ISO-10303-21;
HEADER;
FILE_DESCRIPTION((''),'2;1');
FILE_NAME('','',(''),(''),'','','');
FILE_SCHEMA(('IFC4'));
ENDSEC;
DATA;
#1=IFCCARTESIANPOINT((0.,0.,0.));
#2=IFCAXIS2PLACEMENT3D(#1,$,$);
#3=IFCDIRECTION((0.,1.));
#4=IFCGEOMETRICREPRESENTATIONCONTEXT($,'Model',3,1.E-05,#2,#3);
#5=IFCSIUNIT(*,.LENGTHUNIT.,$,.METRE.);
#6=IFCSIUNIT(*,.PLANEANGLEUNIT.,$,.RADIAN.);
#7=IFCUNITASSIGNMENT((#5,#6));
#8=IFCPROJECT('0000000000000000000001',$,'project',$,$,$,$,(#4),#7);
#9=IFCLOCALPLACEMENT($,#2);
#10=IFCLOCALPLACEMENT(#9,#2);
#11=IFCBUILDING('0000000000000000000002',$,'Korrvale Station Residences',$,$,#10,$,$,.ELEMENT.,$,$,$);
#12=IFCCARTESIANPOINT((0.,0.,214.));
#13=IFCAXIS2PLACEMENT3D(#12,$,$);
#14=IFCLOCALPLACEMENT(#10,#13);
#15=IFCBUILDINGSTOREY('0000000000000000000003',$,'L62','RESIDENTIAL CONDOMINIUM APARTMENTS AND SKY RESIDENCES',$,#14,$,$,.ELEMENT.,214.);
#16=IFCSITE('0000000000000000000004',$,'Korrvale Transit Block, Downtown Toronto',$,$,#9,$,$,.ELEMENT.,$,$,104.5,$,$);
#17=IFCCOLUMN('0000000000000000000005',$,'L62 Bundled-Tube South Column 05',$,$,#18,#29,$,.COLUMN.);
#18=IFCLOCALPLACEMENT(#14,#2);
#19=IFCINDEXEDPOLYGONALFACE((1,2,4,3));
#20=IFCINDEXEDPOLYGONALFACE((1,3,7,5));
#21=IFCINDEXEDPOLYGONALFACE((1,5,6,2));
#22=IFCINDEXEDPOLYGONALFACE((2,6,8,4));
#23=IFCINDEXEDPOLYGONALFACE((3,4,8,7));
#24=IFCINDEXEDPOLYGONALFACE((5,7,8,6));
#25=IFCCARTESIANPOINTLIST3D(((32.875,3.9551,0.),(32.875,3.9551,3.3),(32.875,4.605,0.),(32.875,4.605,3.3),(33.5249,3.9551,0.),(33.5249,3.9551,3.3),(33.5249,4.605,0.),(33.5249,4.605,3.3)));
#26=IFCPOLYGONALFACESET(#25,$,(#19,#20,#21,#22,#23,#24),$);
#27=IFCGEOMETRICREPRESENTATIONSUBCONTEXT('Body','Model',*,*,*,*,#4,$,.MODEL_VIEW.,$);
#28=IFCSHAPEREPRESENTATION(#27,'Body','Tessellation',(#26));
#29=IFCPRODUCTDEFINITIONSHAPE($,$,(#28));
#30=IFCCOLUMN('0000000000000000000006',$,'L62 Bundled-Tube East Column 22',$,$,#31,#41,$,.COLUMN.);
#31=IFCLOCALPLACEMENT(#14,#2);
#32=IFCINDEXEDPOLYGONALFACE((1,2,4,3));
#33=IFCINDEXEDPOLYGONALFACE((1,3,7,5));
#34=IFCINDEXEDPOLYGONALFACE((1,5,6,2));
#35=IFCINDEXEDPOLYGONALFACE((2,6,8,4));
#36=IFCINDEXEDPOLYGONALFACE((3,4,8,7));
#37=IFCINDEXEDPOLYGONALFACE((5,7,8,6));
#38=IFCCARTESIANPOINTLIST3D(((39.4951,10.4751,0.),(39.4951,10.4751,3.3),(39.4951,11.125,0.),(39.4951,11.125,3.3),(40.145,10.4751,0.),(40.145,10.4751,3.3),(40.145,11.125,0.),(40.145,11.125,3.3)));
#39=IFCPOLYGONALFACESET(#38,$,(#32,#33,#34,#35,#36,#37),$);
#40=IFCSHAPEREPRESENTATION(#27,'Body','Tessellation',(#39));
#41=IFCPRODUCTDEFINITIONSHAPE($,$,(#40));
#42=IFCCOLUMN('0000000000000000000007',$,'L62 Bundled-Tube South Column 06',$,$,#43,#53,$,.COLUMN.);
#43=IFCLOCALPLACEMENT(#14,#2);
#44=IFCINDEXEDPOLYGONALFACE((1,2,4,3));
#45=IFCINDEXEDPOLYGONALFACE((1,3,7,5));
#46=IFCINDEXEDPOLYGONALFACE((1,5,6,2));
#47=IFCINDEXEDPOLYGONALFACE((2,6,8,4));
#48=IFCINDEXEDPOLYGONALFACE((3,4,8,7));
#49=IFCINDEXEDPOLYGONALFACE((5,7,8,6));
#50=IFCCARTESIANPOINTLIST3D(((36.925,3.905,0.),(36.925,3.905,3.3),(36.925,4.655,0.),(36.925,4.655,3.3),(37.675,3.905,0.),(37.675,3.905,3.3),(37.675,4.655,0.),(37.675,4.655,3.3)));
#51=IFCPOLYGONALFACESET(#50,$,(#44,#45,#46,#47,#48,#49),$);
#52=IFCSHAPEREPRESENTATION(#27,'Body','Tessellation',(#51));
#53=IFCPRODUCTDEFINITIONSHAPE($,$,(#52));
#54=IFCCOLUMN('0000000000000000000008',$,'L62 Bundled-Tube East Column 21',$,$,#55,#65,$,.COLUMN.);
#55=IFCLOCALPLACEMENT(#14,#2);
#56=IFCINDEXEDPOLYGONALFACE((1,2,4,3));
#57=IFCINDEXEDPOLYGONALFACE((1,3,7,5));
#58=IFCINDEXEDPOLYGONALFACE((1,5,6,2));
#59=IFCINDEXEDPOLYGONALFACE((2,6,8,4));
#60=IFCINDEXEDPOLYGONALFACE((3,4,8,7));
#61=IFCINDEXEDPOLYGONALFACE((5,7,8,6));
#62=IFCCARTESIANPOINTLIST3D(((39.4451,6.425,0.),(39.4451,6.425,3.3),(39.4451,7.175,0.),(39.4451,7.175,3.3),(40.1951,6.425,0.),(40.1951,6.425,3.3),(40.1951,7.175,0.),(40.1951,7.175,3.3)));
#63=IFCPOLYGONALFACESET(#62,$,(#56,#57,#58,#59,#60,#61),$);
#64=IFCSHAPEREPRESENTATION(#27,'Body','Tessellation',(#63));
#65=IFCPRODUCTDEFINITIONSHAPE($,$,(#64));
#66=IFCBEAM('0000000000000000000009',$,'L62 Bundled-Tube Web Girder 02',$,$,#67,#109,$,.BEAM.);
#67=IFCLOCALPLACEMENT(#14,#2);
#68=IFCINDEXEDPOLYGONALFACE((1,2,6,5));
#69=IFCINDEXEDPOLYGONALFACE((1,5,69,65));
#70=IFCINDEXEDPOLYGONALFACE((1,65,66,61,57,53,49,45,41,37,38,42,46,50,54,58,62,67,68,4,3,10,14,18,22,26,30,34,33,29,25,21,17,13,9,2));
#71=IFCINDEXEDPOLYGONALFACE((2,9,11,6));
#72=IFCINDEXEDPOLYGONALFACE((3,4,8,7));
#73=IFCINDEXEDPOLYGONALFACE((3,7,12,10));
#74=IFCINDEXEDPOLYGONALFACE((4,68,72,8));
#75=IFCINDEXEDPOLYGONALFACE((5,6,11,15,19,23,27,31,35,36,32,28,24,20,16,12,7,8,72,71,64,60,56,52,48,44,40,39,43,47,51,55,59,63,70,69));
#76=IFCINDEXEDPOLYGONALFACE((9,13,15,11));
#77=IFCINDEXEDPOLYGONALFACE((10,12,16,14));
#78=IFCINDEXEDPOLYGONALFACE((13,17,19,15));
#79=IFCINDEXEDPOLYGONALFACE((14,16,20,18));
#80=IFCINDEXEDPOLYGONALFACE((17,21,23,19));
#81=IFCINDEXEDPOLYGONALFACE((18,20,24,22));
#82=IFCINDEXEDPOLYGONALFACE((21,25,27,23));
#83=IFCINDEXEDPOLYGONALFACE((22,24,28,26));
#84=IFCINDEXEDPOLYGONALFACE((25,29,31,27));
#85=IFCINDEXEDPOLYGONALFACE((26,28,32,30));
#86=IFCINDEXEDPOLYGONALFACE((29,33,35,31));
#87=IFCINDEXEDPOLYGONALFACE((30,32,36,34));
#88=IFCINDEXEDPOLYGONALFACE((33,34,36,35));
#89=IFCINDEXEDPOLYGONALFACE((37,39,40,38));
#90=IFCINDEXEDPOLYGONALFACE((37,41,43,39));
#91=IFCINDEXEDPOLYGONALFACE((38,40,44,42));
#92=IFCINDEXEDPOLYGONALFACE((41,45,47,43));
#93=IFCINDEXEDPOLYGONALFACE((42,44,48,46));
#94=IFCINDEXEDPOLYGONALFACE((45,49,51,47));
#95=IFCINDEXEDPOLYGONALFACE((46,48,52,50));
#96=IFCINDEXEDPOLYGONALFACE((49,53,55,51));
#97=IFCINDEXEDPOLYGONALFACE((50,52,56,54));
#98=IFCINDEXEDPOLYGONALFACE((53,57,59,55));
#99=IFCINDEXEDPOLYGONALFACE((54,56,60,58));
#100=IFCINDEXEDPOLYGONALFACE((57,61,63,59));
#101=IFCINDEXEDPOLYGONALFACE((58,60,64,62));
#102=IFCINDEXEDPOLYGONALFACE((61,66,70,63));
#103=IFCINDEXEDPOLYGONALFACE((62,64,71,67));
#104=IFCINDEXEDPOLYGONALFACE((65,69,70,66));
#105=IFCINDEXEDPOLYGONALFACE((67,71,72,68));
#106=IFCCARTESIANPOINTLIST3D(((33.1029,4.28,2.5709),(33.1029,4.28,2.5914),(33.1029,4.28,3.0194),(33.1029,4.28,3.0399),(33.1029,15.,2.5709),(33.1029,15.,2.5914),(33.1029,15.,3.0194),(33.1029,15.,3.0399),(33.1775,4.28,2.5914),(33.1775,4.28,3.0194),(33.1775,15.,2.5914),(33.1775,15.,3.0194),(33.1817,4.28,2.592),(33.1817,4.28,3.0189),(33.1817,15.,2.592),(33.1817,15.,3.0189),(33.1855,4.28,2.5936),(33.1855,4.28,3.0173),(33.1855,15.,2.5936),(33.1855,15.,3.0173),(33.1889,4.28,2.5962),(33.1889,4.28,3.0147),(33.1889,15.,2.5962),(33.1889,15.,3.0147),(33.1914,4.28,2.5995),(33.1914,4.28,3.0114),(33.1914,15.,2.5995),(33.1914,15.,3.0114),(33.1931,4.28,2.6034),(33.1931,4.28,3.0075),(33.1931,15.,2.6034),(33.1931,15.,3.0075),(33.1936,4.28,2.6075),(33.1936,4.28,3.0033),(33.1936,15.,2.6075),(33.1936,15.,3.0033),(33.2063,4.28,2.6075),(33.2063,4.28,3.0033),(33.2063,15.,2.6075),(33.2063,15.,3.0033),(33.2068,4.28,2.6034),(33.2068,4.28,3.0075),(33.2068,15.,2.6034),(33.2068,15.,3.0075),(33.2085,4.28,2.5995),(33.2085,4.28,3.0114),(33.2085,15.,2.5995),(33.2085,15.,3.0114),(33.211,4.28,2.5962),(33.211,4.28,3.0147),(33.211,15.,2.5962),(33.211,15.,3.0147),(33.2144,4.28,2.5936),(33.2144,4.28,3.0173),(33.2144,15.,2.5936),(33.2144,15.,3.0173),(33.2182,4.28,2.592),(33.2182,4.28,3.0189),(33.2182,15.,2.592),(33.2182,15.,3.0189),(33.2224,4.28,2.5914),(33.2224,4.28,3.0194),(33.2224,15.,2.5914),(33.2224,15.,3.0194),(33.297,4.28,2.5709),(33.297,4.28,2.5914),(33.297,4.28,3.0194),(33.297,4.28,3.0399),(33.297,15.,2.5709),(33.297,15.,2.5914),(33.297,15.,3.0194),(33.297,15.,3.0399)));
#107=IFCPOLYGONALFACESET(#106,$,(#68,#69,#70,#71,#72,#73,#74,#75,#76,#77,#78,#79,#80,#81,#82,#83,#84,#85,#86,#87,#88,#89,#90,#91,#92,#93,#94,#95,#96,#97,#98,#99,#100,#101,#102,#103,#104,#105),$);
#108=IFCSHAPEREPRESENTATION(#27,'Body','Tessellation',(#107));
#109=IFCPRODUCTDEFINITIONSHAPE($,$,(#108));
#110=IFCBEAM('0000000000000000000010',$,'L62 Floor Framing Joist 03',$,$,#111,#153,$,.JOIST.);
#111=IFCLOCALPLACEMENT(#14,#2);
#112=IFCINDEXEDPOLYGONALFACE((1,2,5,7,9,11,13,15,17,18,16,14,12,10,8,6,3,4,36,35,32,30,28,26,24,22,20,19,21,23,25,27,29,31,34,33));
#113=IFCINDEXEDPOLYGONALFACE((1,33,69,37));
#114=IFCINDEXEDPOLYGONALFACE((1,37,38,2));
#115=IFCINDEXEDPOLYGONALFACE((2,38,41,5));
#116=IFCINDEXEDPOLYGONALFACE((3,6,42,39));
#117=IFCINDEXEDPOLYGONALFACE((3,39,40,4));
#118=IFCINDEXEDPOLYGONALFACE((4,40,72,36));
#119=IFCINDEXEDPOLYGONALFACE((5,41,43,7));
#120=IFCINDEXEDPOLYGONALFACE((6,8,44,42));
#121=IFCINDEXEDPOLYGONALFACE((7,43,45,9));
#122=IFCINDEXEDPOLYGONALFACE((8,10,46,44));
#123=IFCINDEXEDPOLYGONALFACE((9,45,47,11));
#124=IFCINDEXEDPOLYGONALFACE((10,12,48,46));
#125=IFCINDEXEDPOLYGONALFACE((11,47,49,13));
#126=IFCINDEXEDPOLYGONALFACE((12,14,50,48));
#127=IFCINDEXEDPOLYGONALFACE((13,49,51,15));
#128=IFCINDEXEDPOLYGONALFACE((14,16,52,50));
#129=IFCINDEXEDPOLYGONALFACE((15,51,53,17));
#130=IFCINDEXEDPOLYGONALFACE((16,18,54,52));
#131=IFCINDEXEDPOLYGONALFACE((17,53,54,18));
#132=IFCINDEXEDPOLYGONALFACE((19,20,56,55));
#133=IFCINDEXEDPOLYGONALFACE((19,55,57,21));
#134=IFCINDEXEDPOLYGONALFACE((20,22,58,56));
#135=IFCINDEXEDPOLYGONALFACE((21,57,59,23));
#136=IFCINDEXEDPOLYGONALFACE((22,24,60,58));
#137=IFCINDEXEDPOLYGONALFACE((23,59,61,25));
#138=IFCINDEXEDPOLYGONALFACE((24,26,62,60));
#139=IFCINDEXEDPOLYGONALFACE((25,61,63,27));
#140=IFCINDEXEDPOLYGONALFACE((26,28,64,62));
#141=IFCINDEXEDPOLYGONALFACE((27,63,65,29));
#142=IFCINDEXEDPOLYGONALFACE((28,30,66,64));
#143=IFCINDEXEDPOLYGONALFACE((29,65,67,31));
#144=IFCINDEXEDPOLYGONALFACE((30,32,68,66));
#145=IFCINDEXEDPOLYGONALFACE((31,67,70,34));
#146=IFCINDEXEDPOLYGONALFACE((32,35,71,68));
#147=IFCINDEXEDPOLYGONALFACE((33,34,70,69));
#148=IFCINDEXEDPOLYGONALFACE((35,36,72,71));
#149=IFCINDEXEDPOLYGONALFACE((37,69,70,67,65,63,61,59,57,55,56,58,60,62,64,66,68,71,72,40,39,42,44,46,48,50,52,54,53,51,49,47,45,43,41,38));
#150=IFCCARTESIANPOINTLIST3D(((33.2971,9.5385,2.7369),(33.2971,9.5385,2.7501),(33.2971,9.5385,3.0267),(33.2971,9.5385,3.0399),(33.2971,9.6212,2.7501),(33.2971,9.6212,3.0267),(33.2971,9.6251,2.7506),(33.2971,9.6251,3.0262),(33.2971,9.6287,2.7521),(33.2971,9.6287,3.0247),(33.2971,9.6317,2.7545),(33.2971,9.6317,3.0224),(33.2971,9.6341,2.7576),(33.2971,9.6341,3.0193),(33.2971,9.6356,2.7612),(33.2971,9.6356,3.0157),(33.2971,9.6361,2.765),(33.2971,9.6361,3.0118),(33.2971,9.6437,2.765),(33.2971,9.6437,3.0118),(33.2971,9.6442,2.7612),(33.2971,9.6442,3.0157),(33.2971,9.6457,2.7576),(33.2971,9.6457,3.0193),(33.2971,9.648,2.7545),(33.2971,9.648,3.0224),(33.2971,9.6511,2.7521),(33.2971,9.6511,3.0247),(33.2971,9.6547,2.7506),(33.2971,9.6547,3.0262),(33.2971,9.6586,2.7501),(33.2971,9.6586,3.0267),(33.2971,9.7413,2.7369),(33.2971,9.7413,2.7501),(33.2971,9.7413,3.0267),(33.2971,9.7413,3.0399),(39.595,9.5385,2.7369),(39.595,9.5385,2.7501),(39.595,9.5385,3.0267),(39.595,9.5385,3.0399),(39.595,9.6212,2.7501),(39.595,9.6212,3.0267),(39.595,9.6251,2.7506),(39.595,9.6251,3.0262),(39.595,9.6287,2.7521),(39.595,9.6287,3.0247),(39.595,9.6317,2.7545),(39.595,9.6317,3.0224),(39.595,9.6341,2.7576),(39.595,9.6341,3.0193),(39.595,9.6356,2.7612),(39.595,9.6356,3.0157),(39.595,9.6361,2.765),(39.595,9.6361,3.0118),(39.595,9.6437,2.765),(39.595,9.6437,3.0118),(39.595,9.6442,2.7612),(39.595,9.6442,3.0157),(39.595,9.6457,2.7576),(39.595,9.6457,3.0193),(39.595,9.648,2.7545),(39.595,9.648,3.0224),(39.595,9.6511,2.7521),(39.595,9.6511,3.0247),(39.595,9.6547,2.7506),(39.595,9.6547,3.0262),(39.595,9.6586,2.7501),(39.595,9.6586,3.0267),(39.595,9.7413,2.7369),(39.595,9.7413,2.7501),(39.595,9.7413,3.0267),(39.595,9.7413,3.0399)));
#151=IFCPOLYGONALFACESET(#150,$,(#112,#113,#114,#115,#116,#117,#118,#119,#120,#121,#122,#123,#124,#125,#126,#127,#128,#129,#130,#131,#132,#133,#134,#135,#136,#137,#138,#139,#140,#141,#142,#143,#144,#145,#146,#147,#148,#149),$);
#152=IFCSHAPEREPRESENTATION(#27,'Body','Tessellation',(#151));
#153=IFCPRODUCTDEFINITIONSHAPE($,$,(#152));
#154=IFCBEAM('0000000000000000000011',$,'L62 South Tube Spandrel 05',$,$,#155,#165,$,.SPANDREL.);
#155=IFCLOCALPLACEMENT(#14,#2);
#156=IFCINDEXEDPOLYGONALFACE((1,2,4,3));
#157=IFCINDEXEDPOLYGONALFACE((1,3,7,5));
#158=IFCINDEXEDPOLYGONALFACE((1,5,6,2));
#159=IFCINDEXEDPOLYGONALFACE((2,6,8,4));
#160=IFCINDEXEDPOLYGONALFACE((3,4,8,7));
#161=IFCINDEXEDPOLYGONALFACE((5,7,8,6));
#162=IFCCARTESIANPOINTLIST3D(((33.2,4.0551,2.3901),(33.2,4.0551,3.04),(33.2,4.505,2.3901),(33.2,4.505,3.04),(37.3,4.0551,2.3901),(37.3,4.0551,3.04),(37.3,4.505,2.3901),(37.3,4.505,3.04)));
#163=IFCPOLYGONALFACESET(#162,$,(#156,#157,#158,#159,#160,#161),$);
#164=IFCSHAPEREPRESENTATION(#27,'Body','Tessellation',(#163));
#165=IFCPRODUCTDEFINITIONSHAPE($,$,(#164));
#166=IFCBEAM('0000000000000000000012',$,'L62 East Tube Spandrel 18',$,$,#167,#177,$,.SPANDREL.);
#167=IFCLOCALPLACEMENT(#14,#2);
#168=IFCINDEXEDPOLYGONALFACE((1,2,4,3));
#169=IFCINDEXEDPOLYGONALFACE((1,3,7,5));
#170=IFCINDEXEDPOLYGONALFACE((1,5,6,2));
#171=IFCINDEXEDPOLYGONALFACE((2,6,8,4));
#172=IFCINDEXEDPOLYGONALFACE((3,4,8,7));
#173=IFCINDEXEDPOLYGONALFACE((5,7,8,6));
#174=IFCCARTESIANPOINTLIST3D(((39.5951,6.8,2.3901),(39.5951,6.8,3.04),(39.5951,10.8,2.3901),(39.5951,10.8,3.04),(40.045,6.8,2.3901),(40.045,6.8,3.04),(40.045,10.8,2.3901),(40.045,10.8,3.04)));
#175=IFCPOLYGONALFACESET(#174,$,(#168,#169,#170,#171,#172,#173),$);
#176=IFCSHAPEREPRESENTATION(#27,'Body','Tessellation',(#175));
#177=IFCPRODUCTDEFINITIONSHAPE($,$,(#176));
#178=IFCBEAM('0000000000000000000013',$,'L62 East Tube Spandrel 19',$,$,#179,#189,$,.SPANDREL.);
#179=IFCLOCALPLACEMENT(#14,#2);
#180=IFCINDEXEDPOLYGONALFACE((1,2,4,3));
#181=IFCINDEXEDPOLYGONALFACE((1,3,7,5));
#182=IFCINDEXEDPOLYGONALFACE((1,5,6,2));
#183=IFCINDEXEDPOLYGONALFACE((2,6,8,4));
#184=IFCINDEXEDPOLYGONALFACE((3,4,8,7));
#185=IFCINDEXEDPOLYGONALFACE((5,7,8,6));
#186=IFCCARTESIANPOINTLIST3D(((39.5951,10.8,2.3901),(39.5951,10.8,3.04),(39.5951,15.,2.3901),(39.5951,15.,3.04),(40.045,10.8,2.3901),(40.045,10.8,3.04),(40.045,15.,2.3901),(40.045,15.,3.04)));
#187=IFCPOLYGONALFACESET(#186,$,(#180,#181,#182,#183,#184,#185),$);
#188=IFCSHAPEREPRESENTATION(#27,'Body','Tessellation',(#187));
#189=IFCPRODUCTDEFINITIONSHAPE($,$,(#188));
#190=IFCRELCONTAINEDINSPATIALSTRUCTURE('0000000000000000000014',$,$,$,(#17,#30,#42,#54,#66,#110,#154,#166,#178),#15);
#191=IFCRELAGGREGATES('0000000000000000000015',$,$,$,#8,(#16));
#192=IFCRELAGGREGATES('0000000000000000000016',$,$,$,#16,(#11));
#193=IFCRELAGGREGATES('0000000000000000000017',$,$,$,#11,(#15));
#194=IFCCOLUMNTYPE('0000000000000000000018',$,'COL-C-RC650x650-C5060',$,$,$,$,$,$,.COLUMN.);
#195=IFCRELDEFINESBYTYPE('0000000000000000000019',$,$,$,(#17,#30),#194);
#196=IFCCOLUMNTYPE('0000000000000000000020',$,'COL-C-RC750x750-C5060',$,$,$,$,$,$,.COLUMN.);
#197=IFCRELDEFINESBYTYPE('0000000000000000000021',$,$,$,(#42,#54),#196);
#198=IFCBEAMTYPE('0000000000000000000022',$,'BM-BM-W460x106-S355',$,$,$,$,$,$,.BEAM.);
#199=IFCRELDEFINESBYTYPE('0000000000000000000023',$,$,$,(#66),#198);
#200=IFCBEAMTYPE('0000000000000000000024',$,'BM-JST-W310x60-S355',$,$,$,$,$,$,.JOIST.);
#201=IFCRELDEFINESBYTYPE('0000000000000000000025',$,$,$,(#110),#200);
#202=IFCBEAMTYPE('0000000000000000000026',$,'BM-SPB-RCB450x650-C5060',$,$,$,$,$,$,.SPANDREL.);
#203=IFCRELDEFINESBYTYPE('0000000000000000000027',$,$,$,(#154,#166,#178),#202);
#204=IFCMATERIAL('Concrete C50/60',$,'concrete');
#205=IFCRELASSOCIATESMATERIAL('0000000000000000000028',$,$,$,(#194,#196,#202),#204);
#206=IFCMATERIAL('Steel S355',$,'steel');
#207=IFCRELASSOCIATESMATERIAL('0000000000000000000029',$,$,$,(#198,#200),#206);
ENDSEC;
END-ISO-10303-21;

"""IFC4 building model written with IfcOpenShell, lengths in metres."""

from ifc_helpers import new_model, si_unit, direction, frame, origin, origin_2d, place, context, subcontext, project, spatial, rectangle, i_section, extrude, material, material_profile, profile_set, type_object, element, save


model = new_model("IFC4")

# Units and contexts
model_context = context("Model", 3, precision=1e-05, world=origin(), true_north=direction((0.0, 1.0)))
body_context = subcontext(model_context, "Body", "Model", "MODEL_VIEW")
ifc_project = project(units=[si_unit("LENGTHUNIT", "METRE"), si_unit("PLANEANGLEUNIT", "RADIAN")], contexts=[model_context])

# Site, building, storey
site_placement = place(None, origin())
site = spatial("IfcSite", under=ifc_project, at=site_placement, Name="Korrvale Transit Block, Downtown Toronto", CompositionType="ELEMENT", RefElevation=104.5)
building_placement = place(site_placement, origin())
building = spatial("IfcBuilding", under=site, at=building_placement, Name="Korrvale Station Residences", CompositionType="ELEMENT")
storey_placement = place(building_placement, frame((0.0, 0.0, 214.0)))
storey = spatial("IfcBuildingStorey", under=building, at=storey_placement, Name="L62", Description="RESIDENTIAL CONDOMINIUM APARTMENTS AND SKY RESIDENCES", CompositionType="ELEMENT", Elevation=214.0)

# Columns
ifc_material_1 = material(Name="Concrete C50/60", Category="concrete")
ifc_material_profile_1 = material_profile(ifc_material_1, rectangle(XDim=0.6499, YDim=0.6499, at=origin_2d()), Name="RC650x650")
ifc_profile_set_1 = profile_set([ifc_material_profile_1], Name="Concrete C50/60")
column_type_1 = type_object("IfcColumnType", Name="COL-C-RC650x650-C5060", PredefinedType="COLUMN", material=ifc_profile_set_1)
for number, where, z_axis, x_axis, name in (
    (1, (33.2, 4.28, 0.0), (0.0, 0.0, 1.0), (1.0, 0.0, 0.0), "L62 Bundled-Tube South Column 05"),
    (2, (39.8201, 10.8, 0.0), (0.0, 0.0, 1.0), (1.0, 0.0, 0.0), "L62 Bundled-Tube East Column 22"),
):
    element("IfcColumn", number, at=place(storey_placement, frame(where, z_axis=z_axis, x_axis=x_axis)), inside=storey, type_object=column_type_1, Name=name, PredefinedType="COLUMN", context=body_context, shape_type="SweptSolid", body=[
        extrude(rectangle(XDim=0.6499, YDim=0.6499, at=origin_2d()), origin(), (0.0, 0.0, 1.0), 3.3),
    ])
ifc_material_profile_2 = material_profile(ifc_material_1, rectangle(XDim=0.75, YDim=0.75, at=origin_2d()), Name="RC750x750")
ifc_profile_set_2 = profile_set([ifc_material_profile_2], Name="Concrete C50/60")
column_type_2 = type_object("IfcColumnType", Name="COL-C-RC750x750-C5060", PredefinedType="COLUMN", material=ifc_profile_set_2)
for number, where, z_axis, x_axis, name in (
    (3, (37.3, 4.28, 0.0), (0.0, 0.0, 1.0), (1.0, 0.0, 0.0), "L62 Bundled-Tube South Column 06"),
    (4, (39.8201, 6.8, 0.0), (0.0, 0.0, 1.0), (1.0, 0.0, 0.0), "L62 Bundled-Tube East Column 21"),
):
    element("IfcColumn", number, at=place(storey_placement, frame(where, z_axis=z_axis, x_axis=x_axis)), inside=storey, type_object=column_type_2, Name=name, PredefinedType="COLUMN", context=body_context, shape_type="SweptSolid", body=[
        extrude(rectangle(XDim=0.75, YDim=0.75, at=origin_2d()), origin(), (0.0, 0.0, 1.0), 3.3),
    ])

# Beams
ifc_material_2 = material(Name="Steel S355", Category="steel")
ifc_material_profile_3 = material_profile(ifc_material_2, i_section(OverallWidth=0.1941, OverallDepth=0.469, WebThickness=0.0127, FlangeThickness=0.0205, FilletRadius=0.0161, at=origin_2d()), Name="W460x106")
ifc_profile_set_3 = profile_set([ifc_material_profile_3], Name="Steel S355")
beam_type_1 = type_object("IfcBeamType", Name="BM-BM-W460x106-S355", PredefinedType="BEAM", material=ifc_profile_set_3)
beam_1_placement = place(storey_placement, frame((33.2, 4.28, 2.8054), z_axis=(0.0, 1.0, 0.0), x_axis=(-1.0, 0.0, 0.0)))
element("IfcBeam", 5, at=beam_1_placement, inside=storey, type_object=beam_type_1, Name="L62 Bundled-Tube Web Girder 02", PredefinedType="BEAM", context=body_context, shape_type="SweptSolid", body=[
    extrude(i_section(OverallWidth=0.1941, OverallDepth=0.469, WebThickness=0.0127, FlangeThickness=0.0205, FilletRadius=0.0161, at=origin_2d()), origin(), (0.0, 0.0, 1.0), 10.72),
])
ifc_material_profile_4 = material_profile(ifc_material_2, i_section(OverallWidth=0.2029, OverallDepth=0.303, WebThickness=0.0076, FlangeThickness=0.0132, FilletRadius=0.0149, at=origin_2d()), Name="W310x60")
ifc_profile_set_4 = profile_set([ifc_material_profile_4], Name="Steel S355")
beam_type_2 = type_object("IfcBeamType", Name="BM-JST-W310x60-S355", PredefinedType="JOIST", material=ifc_profile_set_4)
beam_2_placement = place(storey_placement, frame((33.2971, 9.6399, 2.8884), z_axis=(1.0, 0.0, 0.0), x_axis=(0.0, 1.0, 0.0)))
element("IfcBeam", 6, at=beam_2_placement, inside=storey, type_object=beam_type_2, Name="L62 Floor Framing Joist 03", PredefinedType="JOIST", context=body_context, shape_type="SweptSolid", body=[
    extrude(i_section(OverallWidth=0.2029, OverallDepth=0.303, WebThickness=0.0076, FlangeThickness=0.0132, FilletRadius=0.0149, at=origin_2d()), origin(), (0.0, 0.0, 1.0), 6.2979),
])
ifc_material_profile_5 = material_profile(ifc_material_1, rectangle(XDim=0.45, YDim=0.6499, at=origin_2d()), Name="RCB450x650")
ifc_profile_set_5 = profile_set([ifc_material_profile_5], Name="Concrete C50/60")
beam_type_3 = type_object("IfcBeamType", Name="BM-SPB-RCB450x650-C5060", PredefinedType="SPANDREL", material=ifc_profile_set_5)
beam_3_placement = place(storey_placement, frame((33.2, 4.28, 2.7151), z_axis=(1.0, 0.0, 0.0), x_axis=(0.0, 1.0, 0.0)))
element("IfcBeam", 7, at=beam_3_placement, inside=storey, type_object=beam_type_3, Name="L62 South Tube Spandrel 05", PredefinedType="SPANDREL", context=body_context, shape_type="SweptSolid", body=[
    extrude(rectangle(XDim=0.45, YDim=0.6499, at=origin_2d()), origin(), (0.0, 0.0, 1.0), 4.1001),
])
beam_4_placement = place(storey_placement, frame((39.8201, 6.8, 2.7151), z_axis=(0.0, 1.0, 0.0), x_axis=(-1.0, 0.0, 0.0)))
element("IfcBeam", 8, at=beam_4_placement, inside=storey, type_object=beam_type_3, Name="L62 East Tube Spandrel 18", PredefinedType="SPANDREL", context=body_context, shape_type="SweptSolid", body=[
    extrude(rectangle(XDim=0.45, YDim=0.6499, at=origin_2d()), origin(), (0.0, 0.0, 1.0), 4.0),
])
beam_5_placement = place(storey_placement, frame((39.8201, 10.8, 2.7151), z_axis=(0.0, 1.0, 0.0), x_axis=(-1.0, 0.0, 0.0)))
element("IfcBeam", 9, at=beam_5_placement, inside=storey, type_object=beam_type_3, Name="L62 East Tube Spandrel 19", PredefinedType="SPANDREL", context=body_context, shape_type="SweptSolid", body=[
    extrude(rectangle(XDim=0.45, YDim=0.6499, at=origin_2d()), origin(), (0.0, 0.0, 1.0), 4.2),
])

save(model, "model.ifc")
